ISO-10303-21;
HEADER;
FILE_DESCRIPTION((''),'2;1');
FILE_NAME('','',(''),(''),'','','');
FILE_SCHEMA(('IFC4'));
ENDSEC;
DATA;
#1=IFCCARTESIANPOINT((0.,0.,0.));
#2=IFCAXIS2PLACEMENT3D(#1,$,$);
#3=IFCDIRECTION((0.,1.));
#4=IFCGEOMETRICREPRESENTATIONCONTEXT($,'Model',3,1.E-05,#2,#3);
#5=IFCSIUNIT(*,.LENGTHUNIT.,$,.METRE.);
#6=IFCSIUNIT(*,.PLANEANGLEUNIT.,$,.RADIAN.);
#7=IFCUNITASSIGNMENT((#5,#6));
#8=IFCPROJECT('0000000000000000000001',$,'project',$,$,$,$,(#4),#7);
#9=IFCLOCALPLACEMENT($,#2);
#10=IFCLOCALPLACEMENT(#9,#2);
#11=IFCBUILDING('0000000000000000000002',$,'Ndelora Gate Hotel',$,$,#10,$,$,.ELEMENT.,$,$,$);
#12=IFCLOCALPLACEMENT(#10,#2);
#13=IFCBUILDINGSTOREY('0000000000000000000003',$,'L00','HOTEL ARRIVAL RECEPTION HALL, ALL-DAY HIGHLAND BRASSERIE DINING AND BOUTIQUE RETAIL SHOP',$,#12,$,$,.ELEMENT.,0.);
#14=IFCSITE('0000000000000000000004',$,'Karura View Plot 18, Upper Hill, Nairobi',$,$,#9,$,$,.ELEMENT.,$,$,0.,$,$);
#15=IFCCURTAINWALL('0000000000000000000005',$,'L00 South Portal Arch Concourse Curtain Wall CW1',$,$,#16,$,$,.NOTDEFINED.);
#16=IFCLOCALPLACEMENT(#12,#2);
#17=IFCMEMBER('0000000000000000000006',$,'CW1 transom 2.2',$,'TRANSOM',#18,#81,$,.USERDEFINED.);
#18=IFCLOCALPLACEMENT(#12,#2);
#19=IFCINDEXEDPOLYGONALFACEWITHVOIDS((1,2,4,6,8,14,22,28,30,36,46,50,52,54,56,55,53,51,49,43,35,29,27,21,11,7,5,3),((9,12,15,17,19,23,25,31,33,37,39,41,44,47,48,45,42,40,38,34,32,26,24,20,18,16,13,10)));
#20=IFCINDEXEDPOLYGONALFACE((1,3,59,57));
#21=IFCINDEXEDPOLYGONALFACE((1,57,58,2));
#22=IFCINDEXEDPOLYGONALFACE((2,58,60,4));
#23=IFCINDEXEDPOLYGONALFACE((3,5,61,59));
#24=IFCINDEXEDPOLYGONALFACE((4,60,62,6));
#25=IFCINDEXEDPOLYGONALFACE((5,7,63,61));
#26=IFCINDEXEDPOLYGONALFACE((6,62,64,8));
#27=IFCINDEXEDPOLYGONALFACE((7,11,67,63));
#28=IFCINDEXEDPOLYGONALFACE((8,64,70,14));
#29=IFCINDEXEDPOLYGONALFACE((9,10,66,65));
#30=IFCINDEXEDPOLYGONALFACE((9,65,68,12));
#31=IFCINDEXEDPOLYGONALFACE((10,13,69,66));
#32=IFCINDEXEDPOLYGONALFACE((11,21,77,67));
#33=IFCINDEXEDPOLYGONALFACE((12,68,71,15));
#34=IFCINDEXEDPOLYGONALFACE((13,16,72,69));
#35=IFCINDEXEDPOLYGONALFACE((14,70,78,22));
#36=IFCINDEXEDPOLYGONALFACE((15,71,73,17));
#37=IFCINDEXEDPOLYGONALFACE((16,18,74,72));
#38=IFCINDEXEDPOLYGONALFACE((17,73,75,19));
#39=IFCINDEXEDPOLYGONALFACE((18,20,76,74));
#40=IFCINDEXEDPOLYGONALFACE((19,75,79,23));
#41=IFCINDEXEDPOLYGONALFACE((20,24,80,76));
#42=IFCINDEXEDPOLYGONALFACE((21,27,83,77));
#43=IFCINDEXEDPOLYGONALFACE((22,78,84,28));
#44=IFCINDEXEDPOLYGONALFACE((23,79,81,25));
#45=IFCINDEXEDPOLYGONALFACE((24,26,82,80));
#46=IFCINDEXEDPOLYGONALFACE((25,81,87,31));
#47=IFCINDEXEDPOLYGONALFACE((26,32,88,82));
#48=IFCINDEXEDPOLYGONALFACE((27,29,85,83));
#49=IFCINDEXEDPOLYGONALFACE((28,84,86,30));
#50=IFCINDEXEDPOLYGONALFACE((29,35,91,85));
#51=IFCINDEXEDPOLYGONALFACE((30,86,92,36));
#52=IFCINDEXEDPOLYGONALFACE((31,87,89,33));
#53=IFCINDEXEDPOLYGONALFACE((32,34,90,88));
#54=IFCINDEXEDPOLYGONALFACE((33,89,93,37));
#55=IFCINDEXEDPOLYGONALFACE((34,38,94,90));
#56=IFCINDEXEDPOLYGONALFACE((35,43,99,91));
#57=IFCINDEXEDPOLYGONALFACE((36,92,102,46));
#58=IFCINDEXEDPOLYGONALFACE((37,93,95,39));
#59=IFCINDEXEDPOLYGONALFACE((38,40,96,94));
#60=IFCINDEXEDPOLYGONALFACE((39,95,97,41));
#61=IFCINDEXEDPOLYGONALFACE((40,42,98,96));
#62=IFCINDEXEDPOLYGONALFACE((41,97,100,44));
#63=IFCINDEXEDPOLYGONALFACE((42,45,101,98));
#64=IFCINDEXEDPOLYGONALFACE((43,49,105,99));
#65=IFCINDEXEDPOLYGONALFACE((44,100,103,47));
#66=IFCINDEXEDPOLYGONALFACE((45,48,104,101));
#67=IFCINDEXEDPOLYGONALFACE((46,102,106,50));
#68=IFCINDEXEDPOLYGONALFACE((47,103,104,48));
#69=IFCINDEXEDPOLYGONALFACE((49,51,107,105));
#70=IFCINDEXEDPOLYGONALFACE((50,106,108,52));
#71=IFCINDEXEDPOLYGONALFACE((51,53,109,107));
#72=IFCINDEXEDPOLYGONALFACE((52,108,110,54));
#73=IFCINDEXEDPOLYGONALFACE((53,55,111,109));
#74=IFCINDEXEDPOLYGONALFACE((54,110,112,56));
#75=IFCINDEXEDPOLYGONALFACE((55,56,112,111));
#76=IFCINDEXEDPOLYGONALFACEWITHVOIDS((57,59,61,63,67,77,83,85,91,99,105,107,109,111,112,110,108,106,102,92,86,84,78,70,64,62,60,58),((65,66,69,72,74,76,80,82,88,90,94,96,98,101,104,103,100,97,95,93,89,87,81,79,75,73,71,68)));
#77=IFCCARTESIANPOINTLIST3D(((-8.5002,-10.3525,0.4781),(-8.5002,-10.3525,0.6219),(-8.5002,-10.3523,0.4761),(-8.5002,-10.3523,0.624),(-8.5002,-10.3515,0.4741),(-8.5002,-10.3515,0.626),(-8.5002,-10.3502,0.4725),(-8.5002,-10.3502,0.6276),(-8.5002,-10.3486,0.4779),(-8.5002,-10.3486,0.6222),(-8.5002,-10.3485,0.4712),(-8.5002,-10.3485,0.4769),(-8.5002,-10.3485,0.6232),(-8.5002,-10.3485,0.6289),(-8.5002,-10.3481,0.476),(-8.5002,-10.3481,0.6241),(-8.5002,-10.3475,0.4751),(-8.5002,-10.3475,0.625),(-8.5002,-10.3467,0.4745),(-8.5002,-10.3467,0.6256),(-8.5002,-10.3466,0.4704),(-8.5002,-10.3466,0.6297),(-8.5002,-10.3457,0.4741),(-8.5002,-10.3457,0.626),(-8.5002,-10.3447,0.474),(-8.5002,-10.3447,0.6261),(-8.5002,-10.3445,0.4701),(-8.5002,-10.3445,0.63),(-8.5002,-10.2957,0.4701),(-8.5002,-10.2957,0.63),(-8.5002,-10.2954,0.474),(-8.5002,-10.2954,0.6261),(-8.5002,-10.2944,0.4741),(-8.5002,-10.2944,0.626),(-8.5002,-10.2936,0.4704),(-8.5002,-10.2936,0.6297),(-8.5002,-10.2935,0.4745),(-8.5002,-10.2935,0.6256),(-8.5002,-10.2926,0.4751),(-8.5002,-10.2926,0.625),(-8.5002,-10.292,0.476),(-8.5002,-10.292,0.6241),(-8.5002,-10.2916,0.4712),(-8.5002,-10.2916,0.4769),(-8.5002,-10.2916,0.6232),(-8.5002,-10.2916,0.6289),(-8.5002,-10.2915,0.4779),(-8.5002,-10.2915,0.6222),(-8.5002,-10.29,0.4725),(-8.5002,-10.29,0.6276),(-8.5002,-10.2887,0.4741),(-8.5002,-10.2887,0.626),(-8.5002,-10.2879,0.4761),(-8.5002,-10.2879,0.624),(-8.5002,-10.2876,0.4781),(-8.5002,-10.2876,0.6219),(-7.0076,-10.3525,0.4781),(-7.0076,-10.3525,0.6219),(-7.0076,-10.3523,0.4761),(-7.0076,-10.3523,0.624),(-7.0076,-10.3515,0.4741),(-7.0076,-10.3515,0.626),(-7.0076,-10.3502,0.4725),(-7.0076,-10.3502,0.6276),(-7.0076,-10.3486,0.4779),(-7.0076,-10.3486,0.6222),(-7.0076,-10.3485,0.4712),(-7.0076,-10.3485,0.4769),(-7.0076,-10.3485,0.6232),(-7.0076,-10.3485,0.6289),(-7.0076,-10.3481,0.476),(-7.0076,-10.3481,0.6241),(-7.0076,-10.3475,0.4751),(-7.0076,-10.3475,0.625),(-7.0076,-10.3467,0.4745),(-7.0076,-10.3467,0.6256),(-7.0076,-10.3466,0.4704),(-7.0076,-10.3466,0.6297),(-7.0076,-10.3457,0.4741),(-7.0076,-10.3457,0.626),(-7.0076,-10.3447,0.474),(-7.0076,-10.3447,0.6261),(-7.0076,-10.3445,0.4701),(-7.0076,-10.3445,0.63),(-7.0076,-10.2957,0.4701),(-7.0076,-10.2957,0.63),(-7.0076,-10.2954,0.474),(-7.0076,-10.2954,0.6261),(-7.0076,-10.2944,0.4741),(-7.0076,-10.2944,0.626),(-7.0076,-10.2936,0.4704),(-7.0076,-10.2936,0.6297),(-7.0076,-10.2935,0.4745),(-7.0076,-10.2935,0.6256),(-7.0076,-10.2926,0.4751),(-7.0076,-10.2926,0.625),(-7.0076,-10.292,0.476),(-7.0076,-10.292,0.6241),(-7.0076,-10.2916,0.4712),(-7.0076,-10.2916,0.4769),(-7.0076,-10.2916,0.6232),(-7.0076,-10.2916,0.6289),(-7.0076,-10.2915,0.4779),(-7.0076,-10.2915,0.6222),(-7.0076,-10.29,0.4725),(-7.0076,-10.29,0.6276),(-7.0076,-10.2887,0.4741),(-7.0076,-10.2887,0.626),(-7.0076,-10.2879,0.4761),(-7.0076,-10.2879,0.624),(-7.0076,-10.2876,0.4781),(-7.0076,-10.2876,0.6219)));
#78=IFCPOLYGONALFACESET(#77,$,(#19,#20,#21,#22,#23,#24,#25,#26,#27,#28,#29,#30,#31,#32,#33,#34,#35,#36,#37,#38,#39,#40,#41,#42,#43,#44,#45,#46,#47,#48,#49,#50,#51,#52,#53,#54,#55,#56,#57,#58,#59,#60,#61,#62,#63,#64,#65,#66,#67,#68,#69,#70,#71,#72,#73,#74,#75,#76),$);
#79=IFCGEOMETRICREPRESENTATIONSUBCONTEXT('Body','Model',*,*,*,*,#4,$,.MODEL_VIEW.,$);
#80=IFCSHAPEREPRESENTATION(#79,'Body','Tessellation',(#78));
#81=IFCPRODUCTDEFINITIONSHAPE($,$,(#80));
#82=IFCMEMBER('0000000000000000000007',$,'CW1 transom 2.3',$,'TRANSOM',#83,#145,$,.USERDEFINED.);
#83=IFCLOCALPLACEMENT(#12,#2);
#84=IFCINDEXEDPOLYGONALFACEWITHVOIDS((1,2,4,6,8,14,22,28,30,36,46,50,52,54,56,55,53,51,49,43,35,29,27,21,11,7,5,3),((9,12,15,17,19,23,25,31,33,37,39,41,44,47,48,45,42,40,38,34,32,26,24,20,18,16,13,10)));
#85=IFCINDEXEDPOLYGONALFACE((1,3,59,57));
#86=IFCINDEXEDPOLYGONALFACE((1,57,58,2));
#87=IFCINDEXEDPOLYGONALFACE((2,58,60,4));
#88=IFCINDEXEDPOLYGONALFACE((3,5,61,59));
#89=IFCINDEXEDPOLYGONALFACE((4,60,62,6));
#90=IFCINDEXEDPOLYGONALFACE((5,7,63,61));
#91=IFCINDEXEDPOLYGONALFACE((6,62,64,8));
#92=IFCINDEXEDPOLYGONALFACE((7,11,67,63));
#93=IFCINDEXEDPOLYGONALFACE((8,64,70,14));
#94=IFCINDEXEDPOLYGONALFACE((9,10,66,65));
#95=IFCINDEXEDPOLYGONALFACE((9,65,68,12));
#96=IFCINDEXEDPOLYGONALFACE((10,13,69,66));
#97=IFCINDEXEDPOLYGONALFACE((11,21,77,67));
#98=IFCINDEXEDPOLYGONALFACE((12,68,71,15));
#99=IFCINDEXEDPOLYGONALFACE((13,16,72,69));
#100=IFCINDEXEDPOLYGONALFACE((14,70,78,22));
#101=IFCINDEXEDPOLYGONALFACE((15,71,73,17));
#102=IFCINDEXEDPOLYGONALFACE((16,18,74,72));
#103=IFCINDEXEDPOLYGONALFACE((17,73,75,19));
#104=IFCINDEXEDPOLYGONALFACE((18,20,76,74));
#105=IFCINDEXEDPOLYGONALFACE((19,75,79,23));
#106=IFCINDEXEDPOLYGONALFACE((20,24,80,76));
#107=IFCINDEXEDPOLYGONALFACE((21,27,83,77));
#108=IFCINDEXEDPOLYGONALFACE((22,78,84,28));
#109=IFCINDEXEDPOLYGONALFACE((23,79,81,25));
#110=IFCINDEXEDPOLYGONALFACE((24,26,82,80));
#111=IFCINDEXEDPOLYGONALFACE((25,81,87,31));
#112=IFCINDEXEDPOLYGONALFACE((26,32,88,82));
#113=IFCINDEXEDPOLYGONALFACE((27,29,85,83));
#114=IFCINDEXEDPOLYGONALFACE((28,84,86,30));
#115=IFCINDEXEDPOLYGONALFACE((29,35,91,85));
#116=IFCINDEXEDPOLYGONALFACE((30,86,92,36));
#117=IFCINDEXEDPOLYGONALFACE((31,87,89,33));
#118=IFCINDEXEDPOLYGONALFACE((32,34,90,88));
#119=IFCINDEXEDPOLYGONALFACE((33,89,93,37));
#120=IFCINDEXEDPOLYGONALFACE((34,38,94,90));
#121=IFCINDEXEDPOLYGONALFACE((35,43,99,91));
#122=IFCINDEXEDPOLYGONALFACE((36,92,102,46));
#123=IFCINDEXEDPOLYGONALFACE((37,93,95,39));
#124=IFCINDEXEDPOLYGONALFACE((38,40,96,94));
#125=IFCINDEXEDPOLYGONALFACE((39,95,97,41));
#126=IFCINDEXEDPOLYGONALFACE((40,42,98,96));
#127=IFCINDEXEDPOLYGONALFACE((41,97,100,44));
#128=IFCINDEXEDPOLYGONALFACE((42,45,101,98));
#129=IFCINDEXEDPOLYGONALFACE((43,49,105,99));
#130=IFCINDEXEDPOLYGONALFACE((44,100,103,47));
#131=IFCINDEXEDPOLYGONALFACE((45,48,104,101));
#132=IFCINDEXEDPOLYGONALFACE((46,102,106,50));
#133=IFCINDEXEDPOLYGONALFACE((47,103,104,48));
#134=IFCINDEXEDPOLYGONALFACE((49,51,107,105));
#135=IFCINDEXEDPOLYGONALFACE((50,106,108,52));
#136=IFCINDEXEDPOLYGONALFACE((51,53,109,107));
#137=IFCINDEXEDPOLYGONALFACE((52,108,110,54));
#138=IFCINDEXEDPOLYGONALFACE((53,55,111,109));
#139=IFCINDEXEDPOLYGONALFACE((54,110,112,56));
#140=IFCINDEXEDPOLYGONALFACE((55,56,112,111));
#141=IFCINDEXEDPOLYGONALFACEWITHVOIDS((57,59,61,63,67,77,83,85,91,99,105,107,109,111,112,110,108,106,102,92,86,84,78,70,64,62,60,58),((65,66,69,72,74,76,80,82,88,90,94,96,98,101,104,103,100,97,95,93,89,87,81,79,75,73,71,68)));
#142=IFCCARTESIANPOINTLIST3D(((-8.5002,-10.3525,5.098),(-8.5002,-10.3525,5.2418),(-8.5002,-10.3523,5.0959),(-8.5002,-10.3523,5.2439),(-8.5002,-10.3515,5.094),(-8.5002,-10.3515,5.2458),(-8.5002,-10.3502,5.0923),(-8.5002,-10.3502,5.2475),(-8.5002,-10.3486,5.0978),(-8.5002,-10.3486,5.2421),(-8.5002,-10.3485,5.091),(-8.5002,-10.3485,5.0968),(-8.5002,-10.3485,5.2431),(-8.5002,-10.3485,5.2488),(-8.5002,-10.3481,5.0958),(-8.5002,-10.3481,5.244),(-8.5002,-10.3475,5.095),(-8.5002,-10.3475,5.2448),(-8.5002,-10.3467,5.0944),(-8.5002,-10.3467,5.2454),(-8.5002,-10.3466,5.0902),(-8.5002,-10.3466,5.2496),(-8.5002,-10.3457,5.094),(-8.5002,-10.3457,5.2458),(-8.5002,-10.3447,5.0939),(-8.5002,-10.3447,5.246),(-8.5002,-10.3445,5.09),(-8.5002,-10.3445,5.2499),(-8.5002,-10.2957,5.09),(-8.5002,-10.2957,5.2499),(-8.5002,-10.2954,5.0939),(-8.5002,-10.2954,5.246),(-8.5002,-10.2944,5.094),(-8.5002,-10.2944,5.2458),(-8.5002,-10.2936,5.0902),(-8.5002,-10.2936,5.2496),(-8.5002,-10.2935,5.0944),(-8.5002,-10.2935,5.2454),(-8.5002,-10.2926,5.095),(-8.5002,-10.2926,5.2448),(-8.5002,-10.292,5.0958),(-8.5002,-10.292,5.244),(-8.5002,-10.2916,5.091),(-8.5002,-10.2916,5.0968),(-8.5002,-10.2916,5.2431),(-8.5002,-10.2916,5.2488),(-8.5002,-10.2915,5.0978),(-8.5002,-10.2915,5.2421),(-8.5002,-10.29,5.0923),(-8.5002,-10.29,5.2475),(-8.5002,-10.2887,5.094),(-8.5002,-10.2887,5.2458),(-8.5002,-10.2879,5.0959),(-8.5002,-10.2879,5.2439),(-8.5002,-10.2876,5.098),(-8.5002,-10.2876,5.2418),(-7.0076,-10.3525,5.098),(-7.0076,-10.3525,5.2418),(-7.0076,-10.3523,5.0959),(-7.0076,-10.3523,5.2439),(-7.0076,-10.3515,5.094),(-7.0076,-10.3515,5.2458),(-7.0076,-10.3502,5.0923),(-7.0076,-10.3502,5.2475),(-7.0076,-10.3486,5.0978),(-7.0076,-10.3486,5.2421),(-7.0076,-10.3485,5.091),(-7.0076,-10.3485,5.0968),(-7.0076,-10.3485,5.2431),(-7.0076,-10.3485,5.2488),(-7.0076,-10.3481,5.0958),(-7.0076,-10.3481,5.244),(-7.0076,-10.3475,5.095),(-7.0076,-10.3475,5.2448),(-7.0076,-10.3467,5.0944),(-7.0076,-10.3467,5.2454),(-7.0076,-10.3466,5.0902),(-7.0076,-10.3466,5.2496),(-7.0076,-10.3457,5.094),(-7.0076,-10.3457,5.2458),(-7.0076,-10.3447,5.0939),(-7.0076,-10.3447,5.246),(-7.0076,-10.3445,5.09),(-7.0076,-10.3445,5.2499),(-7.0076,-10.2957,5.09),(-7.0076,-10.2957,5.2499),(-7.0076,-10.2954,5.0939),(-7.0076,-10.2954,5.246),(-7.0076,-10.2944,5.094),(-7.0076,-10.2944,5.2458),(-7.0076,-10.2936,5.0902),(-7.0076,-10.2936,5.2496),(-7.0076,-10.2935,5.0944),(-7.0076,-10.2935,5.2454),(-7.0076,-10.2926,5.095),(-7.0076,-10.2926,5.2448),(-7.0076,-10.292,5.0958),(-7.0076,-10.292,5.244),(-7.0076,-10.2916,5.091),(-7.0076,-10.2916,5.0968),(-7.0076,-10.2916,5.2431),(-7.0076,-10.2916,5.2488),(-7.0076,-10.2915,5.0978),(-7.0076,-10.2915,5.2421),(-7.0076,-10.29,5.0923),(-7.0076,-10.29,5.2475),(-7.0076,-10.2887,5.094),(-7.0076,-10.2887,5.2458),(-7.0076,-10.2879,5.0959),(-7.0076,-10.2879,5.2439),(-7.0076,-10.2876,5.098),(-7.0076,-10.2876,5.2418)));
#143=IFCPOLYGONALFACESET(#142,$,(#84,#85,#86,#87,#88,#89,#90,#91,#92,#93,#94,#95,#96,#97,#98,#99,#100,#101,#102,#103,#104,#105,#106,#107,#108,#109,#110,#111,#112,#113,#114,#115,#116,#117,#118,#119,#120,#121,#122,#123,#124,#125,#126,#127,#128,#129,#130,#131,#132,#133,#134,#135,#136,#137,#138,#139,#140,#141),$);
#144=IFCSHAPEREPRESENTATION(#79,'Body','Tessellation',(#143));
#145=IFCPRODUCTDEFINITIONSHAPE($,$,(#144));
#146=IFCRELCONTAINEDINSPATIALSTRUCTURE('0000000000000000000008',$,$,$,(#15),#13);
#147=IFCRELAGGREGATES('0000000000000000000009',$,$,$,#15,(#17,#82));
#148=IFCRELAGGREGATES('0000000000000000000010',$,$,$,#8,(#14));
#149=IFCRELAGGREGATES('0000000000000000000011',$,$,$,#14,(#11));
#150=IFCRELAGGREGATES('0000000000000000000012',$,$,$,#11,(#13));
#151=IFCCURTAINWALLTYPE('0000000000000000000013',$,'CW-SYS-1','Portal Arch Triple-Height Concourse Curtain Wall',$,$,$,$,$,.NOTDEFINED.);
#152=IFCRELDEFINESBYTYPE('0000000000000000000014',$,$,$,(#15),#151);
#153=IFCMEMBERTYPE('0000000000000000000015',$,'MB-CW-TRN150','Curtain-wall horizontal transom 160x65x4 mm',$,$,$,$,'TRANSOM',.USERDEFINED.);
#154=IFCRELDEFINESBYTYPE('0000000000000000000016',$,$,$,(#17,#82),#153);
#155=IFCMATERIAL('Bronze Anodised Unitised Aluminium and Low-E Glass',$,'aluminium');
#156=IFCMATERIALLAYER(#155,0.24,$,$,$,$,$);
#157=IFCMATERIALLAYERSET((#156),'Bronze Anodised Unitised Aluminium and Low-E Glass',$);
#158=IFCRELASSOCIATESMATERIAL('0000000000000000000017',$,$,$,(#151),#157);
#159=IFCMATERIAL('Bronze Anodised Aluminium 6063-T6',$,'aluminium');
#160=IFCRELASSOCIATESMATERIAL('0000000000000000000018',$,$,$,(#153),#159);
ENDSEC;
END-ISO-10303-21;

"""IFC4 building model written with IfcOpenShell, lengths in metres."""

from ifc_helpers import new_model, si_unit, direction, frame, origin, origin_2d, place, context, subcontext, project, spatial, hollow_rectangle, extrude, material, layer, layer_set, material_profile, profile_set, type_object, element, aggregate, save


model = new_model("IFC4")

# Units and contexts
model_context = context("Model", 3, precision=1e-05, world=origin(), true_north=direction((0.0, 1.0)))
body_context = subcontext(model_context, "Body", "Model", "MODEL_VIEW")
ifc_project = project(units=[si_unit("LENGTHUNIT", "METRE"), si_unit("PLANEANGLEUNIT", "RADIAN")], contexts=[model_context])

# Site, building, storey
site_placement = place(None, origin())
site = spatial("IfcSite", under=ifc_project, at=site_placement, Name="Karura View Plot 18, Upper Hill, Nairobi", CompositionType="ELEMENT", RefElevation=0.0)
building_placement = place(site_placement, origin())
building = spatial("IfcBuilding", under=site, at=building_placement, Name="Ndelora Gate Hotel", CompositionType="ELEMENT")
storey_placement = place(building_placement, origin())
storey = spatial("IfcBuildingStorey", under=building, at=storey_placement, Name="L00", Description="HOTEL ARRIVAL RECEPTION HALL, ALL-DAY HIGHLAND BRASSERIE DINING AND BOUTIQUE RETAIL SHOP", CompositionType="ELEMENT", Elevation=0.0)

# Curtain wall, members
ifc_material_1 = material(Name="Bronze Anodised Unitised Aluminium and Low-E Glass", Category="aluminium")
ifc_layer_1 = layer(ifc_material_1, 0.24)
ifc_layer_set_1 = layer_set([ifc_layer_1], Name="Bronze Anodised Unitised Aluminium and Low-E Glass")
curtain_wall_type = type_object("IfcCurtainWallType", Name="CW-SYS-1", Description="Portal Arch Triple-Height Concourse Curtain Wall", PredefinedType="NOTDEFINED", material=ifc_layer_set_1)
curtain_wall_placement = place(storey_placement, origin())
curtain_wall = element("IfcCurtainWall", 1, at=curtain_wall_placement, inside=storey, type_object=curtain_wall_type, Name="L00 South Portal Arch Concourse Curtain Wall CW1", PredefinedType="NOTDEFINED")
ifc_material_2 = material(Name="Bronze Anodised Aluminium 6063-T6", Category="aluminium")
ifc_material_profile_1 = material_profile(ifc_material_2, hollow_rectangle(XDim=0.0649, YDim=0.1599, WallThickness=0.0039, InnerFilletRadius=0.0039, OuterFilletRadius=0.0081, at=origin_2d()), Name="ALU 160x65x4")
ifc_profile_set_1 = profile_set([ifc_material_profile_1], Name="Bronze Anodised Aluminium 6063-T6")
member_type_1 = type_object("IfcMemberType", Name="MB-CW-TRN150", Description="Curtain-wall horizontal transom 160x65x4 mm", ElementType="TRANSOM", PredefinedType="USERDEFINED", material=ifc_profile_set_1)
member_1_placement = place(storey_placement, frame((-8.5002, -10.3201, 0.55), z_axis=(1.0, 0.0, 0.0), x_axis=(0.0, 1.0, 0.0)))
member_1 = element("IfcMember", 2, at=member_1_placement, type_object=member_type_1, Name="CW1 transom 2.2", ObjectType="TRANSOM", PredefinedType="USERDEFINED", context=body_context, shape_type="SweptSolid", body=[
    extrude(hollow_rectangle(XDim=0.0649, YDim=0.1599, WallThickness=0.0039, InnerFilletRadius=0.0039, OuterFilletRadius=0.0081, at=origin_2d()), origin(), (0.0, 0.0, 1.0), 1.4927),
])
member_2_placement = place(storey_placement, frame((-8.5002, -10.3201, 5.1699), z_axis=(1.0, 0.0, 0.0), x_axis=(0.0, 1.0, 0.0)))
member_2 = element("IfcMember", 3, at=member_2_placement, type_object=member_type_1, Name="CW1 transom 2.3", ObjectType="TRANSOM", PredefinedType="USERDEFINED", context=body_context, shape_type="SweptSolid", body=[
    extrude(hollow_rectangle(XDim=0.0649, YDim=0.1599, WallThickness=0.0039, InnerFilletRadius=0.0039, OuterFilletRadius=0.0081, at=origin_2d()), origin(), (0.0, 0.0, 1.0), 1.4927),
])
aggregate(curtain_wall, [member_1, member_2])

save(model, "model.ifc")
